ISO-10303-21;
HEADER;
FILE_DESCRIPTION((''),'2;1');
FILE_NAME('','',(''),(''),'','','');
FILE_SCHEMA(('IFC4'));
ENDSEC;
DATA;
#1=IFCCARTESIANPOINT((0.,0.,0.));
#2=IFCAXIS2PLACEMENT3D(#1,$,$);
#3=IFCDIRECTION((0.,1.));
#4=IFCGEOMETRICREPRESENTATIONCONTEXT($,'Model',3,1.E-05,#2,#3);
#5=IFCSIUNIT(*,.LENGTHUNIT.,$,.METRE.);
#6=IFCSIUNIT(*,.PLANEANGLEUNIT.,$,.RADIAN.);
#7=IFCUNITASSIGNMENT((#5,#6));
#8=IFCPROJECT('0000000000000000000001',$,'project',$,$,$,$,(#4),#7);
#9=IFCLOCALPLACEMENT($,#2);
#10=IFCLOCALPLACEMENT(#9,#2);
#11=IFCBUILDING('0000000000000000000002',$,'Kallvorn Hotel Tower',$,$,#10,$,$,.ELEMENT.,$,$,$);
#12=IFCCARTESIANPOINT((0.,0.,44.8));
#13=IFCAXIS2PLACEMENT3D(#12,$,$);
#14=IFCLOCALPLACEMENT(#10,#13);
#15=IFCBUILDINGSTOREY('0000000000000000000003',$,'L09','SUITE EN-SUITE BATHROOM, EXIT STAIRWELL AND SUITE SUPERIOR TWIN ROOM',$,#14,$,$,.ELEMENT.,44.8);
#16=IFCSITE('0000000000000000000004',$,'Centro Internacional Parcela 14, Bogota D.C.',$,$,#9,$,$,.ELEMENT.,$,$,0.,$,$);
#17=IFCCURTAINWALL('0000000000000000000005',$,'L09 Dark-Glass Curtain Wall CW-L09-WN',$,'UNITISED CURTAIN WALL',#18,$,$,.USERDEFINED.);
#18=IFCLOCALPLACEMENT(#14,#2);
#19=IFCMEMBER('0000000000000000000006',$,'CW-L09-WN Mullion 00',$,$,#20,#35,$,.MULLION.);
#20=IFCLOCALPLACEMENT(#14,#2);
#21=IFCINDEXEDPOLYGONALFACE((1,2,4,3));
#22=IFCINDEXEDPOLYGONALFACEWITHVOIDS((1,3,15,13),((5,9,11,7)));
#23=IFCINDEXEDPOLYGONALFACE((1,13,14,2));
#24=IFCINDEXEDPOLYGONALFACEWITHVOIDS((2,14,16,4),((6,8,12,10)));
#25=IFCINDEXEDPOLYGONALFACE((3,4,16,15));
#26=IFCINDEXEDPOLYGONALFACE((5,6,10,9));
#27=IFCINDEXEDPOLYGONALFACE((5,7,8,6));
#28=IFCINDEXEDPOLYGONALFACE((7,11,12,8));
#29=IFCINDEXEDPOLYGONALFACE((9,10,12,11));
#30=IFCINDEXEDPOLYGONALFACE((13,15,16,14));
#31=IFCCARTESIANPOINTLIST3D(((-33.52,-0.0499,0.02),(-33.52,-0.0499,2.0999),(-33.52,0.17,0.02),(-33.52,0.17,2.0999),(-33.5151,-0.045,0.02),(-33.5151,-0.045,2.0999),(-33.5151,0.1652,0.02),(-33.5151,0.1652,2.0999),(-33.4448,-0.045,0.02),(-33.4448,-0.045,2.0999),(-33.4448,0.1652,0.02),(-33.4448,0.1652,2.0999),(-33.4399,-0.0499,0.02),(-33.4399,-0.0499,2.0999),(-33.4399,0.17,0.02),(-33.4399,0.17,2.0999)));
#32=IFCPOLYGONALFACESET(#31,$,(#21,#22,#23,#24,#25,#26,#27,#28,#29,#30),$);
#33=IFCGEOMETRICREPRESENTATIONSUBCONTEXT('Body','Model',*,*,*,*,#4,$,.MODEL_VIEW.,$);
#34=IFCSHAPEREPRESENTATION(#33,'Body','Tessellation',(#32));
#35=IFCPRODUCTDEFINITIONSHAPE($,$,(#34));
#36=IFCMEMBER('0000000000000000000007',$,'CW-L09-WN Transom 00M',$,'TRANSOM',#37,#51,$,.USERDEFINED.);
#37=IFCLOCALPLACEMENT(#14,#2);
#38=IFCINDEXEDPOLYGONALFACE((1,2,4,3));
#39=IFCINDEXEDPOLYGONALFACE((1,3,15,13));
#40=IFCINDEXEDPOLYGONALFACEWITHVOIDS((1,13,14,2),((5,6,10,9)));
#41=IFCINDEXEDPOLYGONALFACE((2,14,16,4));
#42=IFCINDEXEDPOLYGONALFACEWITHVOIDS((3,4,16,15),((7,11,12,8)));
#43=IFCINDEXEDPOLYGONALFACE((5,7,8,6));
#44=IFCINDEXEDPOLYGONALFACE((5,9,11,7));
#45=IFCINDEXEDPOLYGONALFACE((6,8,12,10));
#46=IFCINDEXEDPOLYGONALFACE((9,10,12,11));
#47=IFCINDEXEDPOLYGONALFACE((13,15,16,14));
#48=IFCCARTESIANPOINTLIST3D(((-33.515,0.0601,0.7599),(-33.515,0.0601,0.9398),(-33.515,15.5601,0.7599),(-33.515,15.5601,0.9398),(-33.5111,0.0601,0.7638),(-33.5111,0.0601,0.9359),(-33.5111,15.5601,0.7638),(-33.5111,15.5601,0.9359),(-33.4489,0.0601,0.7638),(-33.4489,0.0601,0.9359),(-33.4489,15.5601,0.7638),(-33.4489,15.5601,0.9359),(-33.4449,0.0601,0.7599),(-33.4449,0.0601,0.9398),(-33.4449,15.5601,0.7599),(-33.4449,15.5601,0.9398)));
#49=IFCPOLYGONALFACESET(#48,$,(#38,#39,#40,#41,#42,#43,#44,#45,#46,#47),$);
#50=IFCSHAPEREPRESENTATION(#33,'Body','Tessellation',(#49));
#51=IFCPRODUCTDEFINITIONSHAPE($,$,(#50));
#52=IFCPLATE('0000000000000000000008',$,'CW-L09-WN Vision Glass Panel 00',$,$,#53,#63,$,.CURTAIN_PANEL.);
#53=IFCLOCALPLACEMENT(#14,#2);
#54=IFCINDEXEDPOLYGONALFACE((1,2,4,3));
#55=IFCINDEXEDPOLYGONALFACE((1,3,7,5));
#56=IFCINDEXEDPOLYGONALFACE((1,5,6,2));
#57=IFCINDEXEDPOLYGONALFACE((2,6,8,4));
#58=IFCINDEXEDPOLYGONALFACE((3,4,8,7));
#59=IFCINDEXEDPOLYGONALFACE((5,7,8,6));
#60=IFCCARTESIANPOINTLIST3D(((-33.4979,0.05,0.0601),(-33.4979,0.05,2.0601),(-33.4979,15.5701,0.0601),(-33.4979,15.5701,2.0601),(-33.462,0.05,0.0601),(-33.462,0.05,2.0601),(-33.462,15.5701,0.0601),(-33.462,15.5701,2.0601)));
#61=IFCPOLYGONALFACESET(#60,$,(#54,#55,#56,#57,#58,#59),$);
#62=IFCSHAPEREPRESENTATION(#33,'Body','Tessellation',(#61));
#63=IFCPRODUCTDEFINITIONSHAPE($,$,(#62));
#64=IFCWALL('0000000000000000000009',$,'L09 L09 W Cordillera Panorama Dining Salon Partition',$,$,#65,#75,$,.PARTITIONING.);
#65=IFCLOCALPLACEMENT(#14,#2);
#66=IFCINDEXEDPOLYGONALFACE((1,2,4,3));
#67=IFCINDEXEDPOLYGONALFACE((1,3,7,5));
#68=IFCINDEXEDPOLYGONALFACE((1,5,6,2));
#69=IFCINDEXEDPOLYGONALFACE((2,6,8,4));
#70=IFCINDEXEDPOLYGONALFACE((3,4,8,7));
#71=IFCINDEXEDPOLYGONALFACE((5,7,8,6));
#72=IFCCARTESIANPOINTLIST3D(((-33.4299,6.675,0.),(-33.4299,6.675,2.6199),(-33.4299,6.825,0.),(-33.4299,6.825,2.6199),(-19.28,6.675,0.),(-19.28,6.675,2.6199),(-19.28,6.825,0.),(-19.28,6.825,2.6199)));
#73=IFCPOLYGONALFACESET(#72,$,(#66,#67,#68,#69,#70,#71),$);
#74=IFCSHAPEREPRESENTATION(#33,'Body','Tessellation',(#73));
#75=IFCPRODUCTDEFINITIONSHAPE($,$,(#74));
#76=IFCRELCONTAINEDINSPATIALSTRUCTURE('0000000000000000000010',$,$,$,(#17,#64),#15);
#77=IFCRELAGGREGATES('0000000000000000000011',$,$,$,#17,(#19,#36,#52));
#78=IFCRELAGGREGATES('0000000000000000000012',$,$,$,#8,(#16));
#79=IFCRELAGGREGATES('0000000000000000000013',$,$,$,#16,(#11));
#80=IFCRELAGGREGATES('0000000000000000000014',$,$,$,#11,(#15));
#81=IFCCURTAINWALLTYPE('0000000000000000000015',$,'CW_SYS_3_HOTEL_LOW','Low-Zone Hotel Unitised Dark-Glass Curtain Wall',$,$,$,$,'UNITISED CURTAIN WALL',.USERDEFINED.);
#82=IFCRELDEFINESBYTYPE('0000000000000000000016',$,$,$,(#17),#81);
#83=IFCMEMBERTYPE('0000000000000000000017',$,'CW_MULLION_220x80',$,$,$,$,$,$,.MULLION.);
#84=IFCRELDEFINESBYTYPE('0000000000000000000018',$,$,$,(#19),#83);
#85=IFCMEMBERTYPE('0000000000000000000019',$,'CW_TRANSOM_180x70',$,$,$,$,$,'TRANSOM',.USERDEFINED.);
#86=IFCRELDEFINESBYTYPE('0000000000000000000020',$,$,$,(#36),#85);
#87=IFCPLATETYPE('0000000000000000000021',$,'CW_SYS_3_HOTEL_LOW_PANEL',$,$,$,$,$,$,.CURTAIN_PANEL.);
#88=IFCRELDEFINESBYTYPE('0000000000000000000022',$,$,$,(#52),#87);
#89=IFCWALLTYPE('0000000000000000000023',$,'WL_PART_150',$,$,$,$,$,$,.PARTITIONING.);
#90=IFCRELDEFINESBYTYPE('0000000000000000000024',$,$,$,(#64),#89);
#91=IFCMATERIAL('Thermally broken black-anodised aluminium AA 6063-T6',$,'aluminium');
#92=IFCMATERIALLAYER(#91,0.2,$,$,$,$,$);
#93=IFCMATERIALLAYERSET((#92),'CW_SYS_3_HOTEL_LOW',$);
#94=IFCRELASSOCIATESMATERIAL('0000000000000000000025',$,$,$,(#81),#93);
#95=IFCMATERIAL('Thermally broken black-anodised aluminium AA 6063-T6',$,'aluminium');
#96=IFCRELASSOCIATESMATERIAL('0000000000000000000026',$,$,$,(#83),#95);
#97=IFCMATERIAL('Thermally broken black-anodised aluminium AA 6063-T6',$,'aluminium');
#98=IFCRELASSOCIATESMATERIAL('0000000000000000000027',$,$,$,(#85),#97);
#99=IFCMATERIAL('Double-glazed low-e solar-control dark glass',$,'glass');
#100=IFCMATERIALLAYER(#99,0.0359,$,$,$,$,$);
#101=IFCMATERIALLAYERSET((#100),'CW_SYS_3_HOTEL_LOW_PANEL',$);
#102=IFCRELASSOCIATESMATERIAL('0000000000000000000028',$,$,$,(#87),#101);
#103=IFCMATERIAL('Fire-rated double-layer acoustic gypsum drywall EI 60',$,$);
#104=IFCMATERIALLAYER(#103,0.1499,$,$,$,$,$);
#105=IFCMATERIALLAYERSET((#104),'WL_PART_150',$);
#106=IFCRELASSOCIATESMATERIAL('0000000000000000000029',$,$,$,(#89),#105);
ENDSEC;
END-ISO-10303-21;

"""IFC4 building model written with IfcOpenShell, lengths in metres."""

from ifc_helpers import new_model, si_unit, direction, frame, frame_2d, origin, origin_2d, place, context, subcontext, project, spatial, rectangle, hollow_rectangle, extrude, material, layer, layer_set, material_profile, profile_set, type_object, element, aggregate, save


model = new_model("IFC4")

# Units and contexts
model_context = context("Model", 3, precision=1e-05, world=origin(), true_north=direction((0.0, 1.0)))
body_context = subcontext(model_context, "Body", "Model", "MODEL_VIEW")
ifc_project = project(units=[si_unit("LENGTHUNIT", "METRE"), si_unit("PLANEANGLEUNIT", "RADIAN")], contexts=[model_context])

# Site, building, storey
site_placement = place(None, origin())
site = spatial("IfcSite", under=ifc_project, at=site_placement, Name="Centro Internacional Parcela 14, Bogota D.C.", CompositionType="ELEMENT", RefElevation=0.0)
building_placement = place(site_placement, origin())
building = spatial("IfcBuilding", under=site, at=building_placement, Name="Kallvorn Hotel Tower", CompositionType="ELEMENT")
storey_placement = place(building_placement, frame((0.0, 0.0, 44.8)))
storey = spatial("IfcBuildingStorey", under=building, at=storey_placement, Name="L09", Description="SUITE EN-SUITE BATHROOM, EXIT STAIRWELL AND SUITE SUPERIOR TWIN ROOM", CompositionType="ELEMENT", Elevation=44.8)

# Curtain wall, members, plate
ifc_material_1 = material(Name="Thermally broken black-anodised aluminium AA 6063-T6", Category="aluminium")
ifc_layer_1 = layer(ifc_material_1, 0.2)
ifc_layer_set_1 = layer_set([ifc_layer_1], Name="CW_SYS_3_HOTEL_LOW")
curtain_wall_type = type_object("IfcCurtainWallType", Name="CW_SYS_3_HOTEL_LOW", Description="Low-Zone Hotel Unitised Dark-Glass Curtain Wall", ElementType="UNITISED CURTAIN WALL", PredefinedType="USERDEFINED", material=ifc_layer_set_1)
curtain_wall_placement = place(storey_placement, origin())
curtain_wall = element("IfcCurtainWall", 1, at=curtain_wall_placement, inside=storey, type_object=curtain_wall_type, Name="L09 Dark-Glass Curtain Wall CW-L09-WN", ObjectType="UNITISED CURTAIN WALL", PredefinedType="USERDEFINED")
ifc_material_2 = material(Name="Thermally broken black-anodised aluminium AA 6063-T6", Category="aluminium")
ifc_material_profile_1 = material_profile(ifc_material_2, hollow_rectangle(XDim=0.0801, YDim=0.22, WallThickness=0.0049, at=origin_2d()), Name="MUL 220x80")
ifc_profile_set_1 = profile_set([ifc_material_profile_1], Name="Thermally broken black-anodised aluminium AA 6063-T6")
member_type_1 = type_object("IfcMemberType", Name="CW_MULLION_220x80", PredefinedType="MULLION", material=ifc_profile_set_1)
member_1_placement = place(storey_placement, frame((-33.48, 0.0601, 0.02), z_axis=(0.0, 0.0, 1.0), x_axis=(1.0, 0.0, 0.0)))
member_1 = element("IfcMember", 2, at=member_1_placement, type_object=member_type_1, Name="CW-L09-WN Mullion 00", PredefinedType="MULLION", context=body_context, shape_type="SweptSolid", body=[
    extrude(hollow_rectangle(XDim=0.0801, YDim=0.22, WallThickness=0.0049, at=origin_2d()), origin(), (0.0, 0.0, 1.0), 2.0798),
])
ifc_material_3 = material(Name="Thermally broken black-anodised aluminium AA 6063-T6", Category="aluminium")
ifc_material_profile_2 = material_profile(ifc_material_3, hollow_rectangle(XDim=0.0701, YDim=0.1799, WallThickness=0.0039, at=origin_2d()), Name="TRN 180x70")
ifc_profile_set_2 = profile_set([ifc_material_profile_2], Name="Thermally broken black-anodised aluminium AA 6063-T6")
member_type_2 = type_object("IfcMemberType", Name="CW_TRANSOM_180x70", ElementType="TRANSOM", PredefinedType="USERDEFINED", material=ifc_profile_set_2)
member_2_placement = place(storey_placement, frame((-33.48, 0.0601, 0.8499), z_axis=(0.0, 1.0, 0.0), x_axis=(-1.0, 0.0, 0.0)))
member_2 = element("IfcMember", 3, at=member_2_placement, type_object=member_type_2, Name="CW-L09-WN Transom 00M", ObjectType="TRANSOM", PredefinedType="USERDEFINED", context=body_context, shape_type="SweptSolid", body=[
    extrude(hollow_rectangle(XDim=0.0701, YDim=0.1799, WallThickness=0.0039, at=origin_2d()), origin(), (0.0, 0.0, 1.0), 15.5),
])
ifc_material_4 = material(Name="Double-glazed low-e solar-control dark glass", Category="glass")
ifc_layer_2 = layer(ifc_material_4, 0.0359)
ifc_layer_set_2 = layer_set([ifc_layer_2], Name="CW_SYS_3_HOTEL_LOW_PANEL")
plate_type = type_object("IfcPlateType", Name="CW_SYS_3_HOTEL_LOW_PANEL", PredefinedType="CURTAIN_PANEL", material=ifc_layer_set_2)
plate_placement = place(storey_placement, frame((-33.48, 7.8101, 0.0601), z_axis=(0.0, 0.0, 1.0), x_axis=(0.0, 1.0, 0.0)))
plate = element("IfcPlate", 4, at=plate_placement, type_object=plate_type, Name="CW-L09-WN Vision Glass Panel 00", PredefinedType="CURTAIN_PANEL", context=body_context, shape_type="SweptSolid", body=[
    extrude(rectangle(XDim=15.52, YDim=0.0359, at=origin_2d()), origin(), (0.0, 0.0, 1.0), 2.0),
])
aggregate(curtain_wall, [member_1, member_2, plate])

# Wall
ifc_material_5 = material(Name="Fire-rated double-layer acoustic gypsum drywall EI 60")
ifc_layer_3 = layer(ifc_material_5, 0.1499)
ifc_layer_set_3 = layer_set([ifc_layer_3], Name="WL_PART_150")
wall_type_1 = type_object("IfcWallType", Name="WL_PART_150", PredefinedType="PARTITIONING", material=ifc_layer_set_3)
wall_1_placement = place(storey_placement, frame((-33.4299, 6.75, 0.0), z_axis=(0.0, 0.0, 1.0), x_axis=(1.0, 0.0, 0.0)))
element("IfcWall", 5, at=wall_1_placement, inside=storey, type_object=wall_type_1, Name="L09 L09 W Cordillera Panorama Dining Salon Partition", PredefinedType="PARTITIONING", context=body_context, shape_type="SweptSolid", body=[
    extrude(rectangle(XDim=14.1499, YDim=0.1499, at=frame_2d((7.075, 0.0))), origin(), (0.0, 0.0, 1.0), 2.6199),
])

save(model, "model.ifc")
